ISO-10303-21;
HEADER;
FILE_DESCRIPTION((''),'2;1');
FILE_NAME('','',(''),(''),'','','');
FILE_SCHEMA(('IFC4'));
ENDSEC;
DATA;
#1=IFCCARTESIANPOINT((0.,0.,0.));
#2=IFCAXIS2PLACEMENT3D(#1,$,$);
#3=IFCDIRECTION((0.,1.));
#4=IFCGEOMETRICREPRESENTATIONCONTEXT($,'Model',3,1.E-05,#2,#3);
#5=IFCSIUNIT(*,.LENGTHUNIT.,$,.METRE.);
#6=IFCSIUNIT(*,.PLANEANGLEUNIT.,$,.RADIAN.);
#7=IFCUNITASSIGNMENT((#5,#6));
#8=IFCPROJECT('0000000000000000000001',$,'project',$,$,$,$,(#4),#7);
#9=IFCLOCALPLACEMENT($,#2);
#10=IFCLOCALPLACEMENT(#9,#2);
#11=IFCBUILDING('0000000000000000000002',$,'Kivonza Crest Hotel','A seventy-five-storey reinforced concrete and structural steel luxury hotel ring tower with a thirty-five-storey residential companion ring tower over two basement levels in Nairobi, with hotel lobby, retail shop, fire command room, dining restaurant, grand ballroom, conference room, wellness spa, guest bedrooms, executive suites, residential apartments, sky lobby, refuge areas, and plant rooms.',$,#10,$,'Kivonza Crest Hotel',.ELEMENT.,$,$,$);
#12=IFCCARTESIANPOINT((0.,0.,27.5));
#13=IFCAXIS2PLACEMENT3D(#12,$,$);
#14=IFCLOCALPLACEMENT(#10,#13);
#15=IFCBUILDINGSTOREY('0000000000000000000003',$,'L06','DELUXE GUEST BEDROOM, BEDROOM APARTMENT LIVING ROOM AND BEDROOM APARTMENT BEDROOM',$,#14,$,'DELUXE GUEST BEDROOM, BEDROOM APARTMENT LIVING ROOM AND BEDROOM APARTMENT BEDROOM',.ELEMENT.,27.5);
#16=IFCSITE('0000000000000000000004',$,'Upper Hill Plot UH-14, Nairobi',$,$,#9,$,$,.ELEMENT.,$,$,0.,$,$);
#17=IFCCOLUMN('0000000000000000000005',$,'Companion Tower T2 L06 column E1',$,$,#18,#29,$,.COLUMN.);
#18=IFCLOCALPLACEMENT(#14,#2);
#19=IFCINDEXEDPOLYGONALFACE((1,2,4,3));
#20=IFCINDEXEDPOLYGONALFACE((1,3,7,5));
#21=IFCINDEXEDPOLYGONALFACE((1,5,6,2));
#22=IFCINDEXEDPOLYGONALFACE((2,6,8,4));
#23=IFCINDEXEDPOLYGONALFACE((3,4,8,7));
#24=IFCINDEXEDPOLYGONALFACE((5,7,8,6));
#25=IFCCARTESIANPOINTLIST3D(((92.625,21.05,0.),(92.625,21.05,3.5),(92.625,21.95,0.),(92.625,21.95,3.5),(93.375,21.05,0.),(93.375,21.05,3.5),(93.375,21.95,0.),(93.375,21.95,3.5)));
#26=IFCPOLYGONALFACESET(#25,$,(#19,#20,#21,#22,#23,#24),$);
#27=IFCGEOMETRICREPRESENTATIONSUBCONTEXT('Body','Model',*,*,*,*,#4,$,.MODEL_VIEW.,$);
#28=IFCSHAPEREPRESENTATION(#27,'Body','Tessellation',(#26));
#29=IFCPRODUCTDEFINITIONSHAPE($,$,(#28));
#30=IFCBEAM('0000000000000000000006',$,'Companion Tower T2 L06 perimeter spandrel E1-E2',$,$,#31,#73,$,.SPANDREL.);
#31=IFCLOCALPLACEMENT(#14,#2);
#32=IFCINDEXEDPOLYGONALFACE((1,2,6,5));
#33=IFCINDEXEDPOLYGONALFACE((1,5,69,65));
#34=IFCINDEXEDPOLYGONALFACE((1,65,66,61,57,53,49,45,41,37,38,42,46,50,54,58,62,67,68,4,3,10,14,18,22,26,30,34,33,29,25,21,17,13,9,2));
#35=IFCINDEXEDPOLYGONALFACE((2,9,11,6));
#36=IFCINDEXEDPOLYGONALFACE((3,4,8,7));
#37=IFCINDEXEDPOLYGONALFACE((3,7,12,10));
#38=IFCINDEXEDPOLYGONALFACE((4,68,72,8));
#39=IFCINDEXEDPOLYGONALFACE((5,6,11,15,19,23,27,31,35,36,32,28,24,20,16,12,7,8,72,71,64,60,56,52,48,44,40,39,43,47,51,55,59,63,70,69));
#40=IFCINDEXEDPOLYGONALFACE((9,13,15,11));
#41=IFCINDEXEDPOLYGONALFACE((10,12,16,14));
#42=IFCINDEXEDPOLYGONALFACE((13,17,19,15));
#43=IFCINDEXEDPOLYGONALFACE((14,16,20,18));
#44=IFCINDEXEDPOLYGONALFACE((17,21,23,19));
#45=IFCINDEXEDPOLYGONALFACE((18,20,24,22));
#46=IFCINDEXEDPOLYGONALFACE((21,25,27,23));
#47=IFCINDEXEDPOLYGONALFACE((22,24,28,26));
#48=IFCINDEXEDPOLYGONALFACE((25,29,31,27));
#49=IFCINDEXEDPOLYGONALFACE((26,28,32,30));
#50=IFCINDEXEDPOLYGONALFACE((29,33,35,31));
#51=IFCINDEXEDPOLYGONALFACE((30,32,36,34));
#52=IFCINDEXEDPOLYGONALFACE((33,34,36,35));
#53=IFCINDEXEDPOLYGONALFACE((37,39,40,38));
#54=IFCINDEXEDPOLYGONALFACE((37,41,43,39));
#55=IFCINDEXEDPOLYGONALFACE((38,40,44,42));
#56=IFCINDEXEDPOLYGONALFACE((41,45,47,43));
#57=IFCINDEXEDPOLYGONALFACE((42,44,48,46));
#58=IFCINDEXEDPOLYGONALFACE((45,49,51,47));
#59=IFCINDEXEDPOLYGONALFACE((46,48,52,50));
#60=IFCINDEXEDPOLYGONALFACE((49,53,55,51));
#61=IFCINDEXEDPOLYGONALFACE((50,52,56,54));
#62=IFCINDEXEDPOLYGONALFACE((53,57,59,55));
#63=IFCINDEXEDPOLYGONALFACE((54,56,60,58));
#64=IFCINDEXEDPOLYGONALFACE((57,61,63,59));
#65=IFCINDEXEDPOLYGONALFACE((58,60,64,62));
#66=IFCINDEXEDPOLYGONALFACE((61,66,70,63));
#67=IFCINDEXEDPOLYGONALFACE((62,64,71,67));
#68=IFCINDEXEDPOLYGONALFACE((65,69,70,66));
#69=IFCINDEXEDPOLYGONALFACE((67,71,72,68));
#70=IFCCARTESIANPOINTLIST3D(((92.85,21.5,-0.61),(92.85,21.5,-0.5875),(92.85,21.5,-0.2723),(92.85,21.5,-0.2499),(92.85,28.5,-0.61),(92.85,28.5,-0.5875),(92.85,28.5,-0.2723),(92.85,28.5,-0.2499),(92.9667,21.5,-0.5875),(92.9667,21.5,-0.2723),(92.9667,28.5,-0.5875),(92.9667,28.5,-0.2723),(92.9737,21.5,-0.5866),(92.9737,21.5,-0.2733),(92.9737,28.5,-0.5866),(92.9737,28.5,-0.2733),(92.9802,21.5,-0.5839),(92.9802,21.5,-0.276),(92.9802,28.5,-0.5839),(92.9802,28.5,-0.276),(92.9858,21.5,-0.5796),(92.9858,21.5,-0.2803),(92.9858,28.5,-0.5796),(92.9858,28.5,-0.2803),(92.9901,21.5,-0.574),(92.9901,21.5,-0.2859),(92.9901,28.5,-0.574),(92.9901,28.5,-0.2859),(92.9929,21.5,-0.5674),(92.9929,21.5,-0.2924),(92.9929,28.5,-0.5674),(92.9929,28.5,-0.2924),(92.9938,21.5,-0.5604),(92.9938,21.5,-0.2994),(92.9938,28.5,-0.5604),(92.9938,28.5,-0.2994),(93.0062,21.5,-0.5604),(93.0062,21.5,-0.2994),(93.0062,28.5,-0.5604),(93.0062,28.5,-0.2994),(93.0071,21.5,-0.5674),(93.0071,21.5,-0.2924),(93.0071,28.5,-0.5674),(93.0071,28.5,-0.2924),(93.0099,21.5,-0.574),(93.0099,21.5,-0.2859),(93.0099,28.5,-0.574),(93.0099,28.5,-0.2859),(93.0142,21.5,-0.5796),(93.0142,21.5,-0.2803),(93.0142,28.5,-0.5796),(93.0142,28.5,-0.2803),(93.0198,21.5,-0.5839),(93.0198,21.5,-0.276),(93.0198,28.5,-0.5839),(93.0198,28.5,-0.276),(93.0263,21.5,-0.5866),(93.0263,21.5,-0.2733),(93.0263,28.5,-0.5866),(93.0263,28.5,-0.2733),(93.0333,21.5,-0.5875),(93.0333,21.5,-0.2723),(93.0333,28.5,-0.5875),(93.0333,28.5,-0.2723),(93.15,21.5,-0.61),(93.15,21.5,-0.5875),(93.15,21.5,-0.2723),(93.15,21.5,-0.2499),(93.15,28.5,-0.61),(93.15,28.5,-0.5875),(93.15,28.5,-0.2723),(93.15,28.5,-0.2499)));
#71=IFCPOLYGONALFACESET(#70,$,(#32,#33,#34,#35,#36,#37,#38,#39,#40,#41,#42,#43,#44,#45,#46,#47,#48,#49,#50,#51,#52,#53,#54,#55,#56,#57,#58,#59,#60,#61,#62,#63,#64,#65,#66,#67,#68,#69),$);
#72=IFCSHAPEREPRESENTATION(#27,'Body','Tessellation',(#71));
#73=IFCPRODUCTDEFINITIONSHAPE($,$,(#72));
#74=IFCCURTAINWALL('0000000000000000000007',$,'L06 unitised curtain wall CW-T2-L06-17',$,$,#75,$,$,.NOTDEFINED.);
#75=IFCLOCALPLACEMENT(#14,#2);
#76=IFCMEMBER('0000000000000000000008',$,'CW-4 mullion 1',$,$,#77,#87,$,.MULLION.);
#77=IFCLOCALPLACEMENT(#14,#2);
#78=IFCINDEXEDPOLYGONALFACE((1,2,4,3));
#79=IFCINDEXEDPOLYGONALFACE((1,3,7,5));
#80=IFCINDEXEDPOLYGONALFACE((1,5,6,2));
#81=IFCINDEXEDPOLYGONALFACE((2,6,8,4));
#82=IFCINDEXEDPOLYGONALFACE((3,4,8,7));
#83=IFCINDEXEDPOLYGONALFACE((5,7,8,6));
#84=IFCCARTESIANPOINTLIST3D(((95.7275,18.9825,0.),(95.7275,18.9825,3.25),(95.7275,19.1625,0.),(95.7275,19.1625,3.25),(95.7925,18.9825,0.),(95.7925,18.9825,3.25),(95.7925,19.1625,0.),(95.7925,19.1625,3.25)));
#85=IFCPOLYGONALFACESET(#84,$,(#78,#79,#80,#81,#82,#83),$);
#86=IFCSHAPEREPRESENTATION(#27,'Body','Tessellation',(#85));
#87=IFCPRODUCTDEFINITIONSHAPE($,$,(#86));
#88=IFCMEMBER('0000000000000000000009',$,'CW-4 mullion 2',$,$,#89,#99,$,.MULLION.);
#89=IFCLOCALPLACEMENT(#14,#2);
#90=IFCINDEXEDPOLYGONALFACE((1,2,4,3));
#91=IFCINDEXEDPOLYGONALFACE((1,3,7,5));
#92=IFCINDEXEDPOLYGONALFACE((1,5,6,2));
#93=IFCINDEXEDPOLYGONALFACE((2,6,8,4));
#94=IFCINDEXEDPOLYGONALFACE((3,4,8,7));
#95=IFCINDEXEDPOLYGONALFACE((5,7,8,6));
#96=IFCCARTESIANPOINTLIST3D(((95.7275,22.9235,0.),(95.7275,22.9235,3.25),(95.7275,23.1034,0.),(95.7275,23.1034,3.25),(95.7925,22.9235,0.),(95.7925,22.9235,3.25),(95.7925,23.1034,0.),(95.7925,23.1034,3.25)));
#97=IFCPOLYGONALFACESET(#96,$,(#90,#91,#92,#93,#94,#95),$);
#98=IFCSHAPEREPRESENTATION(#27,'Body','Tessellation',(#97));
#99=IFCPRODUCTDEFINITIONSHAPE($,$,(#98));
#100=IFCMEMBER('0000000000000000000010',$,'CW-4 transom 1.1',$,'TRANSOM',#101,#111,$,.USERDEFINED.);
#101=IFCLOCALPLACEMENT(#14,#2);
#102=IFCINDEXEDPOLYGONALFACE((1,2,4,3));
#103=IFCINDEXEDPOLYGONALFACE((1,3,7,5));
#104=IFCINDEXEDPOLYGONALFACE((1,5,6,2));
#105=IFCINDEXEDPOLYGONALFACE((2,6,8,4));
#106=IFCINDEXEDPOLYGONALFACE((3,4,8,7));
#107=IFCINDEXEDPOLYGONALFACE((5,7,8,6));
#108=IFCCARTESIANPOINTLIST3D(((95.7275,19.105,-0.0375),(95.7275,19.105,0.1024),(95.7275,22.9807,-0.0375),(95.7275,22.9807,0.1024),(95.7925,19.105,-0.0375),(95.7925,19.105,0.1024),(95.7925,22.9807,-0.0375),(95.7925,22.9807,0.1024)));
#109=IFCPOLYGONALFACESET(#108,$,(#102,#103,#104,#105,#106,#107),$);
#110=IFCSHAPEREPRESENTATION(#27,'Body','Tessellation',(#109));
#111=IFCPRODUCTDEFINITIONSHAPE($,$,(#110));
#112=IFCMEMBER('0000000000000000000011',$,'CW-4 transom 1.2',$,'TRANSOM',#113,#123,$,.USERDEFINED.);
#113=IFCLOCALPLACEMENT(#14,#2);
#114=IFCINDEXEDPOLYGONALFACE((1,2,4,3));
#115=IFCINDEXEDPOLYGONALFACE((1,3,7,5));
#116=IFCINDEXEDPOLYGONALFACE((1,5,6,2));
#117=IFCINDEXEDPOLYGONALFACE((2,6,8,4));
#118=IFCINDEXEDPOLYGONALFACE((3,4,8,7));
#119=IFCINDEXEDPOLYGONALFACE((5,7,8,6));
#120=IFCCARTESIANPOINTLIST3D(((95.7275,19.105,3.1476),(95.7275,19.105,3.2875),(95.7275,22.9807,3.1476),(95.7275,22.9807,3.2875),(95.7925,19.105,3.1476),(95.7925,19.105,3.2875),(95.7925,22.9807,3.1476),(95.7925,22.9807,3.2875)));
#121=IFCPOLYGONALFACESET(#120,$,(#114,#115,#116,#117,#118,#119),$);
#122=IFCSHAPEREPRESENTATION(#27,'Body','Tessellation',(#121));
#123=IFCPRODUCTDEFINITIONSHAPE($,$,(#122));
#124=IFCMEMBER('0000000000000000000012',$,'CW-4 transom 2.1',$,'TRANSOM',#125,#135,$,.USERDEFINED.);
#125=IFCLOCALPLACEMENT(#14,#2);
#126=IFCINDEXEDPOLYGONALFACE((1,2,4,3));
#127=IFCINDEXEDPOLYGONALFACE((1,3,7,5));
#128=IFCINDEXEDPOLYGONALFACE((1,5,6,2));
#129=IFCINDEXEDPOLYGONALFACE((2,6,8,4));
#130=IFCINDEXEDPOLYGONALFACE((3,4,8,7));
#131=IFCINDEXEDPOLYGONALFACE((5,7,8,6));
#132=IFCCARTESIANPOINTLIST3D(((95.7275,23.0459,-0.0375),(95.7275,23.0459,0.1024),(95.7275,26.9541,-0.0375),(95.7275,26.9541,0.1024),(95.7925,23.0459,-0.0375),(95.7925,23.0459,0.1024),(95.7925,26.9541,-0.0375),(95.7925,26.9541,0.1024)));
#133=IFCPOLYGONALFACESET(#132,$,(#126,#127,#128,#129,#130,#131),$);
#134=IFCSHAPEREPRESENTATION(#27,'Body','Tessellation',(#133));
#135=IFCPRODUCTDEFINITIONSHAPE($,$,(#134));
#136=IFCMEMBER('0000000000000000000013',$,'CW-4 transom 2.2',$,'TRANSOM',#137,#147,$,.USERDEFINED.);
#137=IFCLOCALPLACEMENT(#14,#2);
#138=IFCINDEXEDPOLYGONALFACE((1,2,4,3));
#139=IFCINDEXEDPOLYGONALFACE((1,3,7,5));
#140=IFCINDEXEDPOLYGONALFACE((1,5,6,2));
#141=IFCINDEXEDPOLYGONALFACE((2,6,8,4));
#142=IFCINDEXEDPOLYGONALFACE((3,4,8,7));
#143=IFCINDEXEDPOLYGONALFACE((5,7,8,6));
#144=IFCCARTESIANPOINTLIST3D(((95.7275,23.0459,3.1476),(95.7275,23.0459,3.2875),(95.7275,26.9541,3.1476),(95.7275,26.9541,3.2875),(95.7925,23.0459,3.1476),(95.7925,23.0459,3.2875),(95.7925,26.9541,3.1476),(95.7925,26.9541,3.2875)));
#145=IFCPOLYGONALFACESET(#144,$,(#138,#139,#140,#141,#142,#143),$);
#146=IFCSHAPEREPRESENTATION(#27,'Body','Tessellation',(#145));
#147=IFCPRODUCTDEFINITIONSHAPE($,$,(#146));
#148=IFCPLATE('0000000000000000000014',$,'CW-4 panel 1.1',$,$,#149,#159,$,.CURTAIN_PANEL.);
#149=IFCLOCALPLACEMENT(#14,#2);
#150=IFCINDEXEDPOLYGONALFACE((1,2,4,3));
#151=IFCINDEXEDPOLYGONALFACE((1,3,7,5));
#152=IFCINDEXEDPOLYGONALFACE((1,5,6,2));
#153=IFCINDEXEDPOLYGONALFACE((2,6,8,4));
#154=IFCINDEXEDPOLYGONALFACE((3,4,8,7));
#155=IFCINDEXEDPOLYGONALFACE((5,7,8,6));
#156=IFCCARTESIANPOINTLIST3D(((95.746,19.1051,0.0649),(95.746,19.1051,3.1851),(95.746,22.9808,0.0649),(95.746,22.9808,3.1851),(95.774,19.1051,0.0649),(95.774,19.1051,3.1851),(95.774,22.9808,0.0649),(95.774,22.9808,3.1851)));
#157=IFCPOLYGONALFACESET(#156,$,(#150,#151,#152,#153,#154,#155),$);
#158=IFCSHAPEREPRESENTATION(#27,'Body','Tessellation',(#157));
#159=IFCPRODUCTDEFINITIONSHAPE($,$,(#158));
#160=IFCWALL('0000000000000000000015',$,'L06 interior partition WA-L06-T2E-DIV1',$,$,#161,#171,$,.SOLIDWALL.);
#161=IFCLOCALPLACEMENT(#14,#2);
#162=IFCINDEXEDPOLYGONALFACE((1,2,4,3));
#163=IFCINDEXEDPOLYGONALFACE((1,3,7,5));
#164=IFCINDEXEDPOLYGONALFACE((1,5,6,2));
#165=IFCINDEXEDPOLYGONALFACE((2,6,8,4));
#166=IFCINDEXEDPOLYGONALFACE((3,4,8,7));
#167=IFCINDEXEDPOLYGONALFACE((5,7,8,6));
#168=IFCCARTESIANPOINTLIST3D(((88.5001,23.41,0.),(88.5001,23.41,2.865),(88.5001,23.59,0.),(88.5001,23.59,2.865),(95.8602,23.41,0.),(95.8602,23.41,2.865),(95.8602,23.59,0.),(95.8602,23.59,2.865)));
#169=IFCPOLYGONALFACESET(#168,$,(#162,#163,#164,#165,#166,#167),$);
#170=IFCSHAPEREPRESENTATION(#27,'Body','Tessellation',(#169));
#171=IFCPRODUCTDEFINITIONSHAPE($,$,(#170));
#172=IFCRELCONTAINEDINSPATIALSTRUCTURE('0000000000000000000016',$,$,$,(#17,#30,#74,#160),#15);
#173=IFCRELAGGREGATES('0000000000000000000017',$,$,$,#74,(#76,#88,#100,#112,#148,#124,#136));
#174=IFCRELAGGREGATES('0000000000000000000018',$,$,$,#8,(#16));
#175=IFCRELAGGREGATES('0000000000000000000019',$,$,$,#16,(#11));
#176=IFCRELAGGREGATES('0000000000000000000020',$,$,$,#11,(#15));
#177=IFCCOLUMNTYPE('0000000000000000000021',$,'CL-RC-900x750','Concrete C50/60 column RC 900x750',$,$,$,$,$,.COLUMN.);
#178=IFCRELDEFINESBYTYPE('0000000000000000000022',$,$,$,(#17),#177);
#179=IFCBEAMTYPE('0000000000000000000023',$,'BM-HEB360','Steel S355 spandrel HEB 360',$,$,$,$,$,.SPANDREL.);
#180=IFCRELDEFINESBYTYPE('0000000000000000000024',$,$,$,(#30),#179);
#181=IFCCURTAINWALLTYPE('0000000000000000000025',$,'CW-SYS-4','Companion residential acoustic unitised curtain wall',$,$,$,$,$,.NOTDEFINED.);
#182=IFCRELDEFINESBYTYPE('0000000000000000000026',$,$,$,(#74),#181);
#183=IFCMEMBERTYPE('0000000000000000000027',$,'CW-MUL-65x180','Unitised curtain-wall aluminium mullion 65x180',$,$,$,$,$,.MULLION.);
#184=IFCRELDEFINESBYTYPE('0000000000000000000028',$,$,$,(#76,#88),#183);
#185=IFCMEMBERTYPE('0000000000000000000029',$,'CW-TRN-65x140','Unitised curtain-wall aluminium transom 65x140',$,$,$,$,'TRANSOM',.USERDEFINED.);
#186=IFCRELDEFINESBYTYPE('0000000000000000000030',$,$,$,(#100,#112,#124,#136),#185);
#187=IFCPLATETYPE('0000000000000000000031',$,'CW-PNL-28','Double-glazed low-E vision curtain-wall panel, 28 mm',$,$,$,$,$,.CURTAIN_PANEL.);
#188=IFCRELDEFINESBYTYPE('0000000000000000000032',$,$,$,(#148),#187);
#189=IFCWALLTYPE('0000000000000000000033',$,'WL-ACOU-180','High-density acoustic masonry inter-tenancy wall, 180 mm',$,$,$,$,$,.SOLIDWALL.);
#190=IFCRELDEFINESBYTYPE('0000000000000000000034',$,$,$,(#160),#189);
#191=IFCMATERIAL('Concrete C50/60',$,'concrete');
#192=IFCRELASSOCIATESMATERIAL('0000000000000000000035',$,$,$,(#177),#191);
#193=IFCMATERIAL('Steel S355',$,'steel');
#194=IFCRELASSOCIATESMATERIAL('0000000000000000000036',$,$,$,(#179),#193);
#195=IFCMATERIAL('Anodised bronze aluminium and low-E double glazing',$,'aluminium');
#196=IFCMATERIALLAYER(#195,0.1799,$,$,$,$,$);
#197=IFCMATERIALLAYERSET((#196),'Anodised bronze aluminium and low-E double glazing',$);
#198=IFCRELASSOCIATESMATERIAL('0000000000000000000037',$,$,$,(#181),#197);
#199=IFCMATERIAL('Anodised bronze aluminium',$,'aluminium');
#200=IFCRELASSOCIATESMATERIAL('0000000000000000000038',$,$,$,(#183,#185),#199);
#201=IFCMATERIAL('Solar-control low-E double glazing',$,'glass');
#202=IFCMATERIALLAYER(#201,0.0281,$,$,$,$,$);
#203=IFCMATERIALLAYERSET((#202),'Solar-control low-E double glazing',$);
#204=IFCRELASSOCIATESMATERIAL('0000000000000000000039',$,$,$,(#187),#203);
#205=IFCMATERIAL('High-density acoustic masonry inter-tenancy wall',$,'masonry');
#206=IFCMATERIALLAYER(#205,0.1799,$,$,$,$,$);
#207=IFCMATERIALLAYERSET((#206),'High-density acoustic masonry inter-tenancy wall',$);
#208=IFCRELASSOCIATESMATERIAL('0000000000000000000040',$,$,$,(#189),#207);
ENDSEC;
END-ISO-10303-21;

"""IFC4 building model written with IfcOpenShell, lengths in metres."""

from ifc_helpers import new_model, si_unit, direction, frame, frame_2d, origin, origin_2d, place, context, subcontext, project, spatial, rectangle, i_section, extrude, material, layer, layer_set, material_profile, profile_set, type_object, element, aggregate, save


model = new_model("IFC4")

# Units and contexts
model_context = context("Model", 3, precision=1e-05, world=origin(), true_north=direction((0.0, 1.0)))
body_context = subcontext(model_context, "Body", "Model", "MODEL_VIEW")
ifc_project = project(units=[si_unit("LENGTHUNIT", "METRE"), si_unit("PLANEANGLEUNIT", "RADIAN")], contexts=[model_context])

# Site, building, storey
site_placement = place(None, origin())
site = spatial("IfcSite", under=ifc_project, at=site_placement, Name="Upper Hill Plot UH-14, Nairobi", CompositionType="ELEMENT", RefElevation=0.0)
building_placement = place(site_placement, origin())
building = spatial("IfcBuilding", under=site, at=building_placement, Name="Kivonza Crest Hotel", Description="A seventy-five-storey reinforced concrete and structural steel luxury hotel ring tower with a thirty-five-storey residential companion ring tower over two basement levels in Nairobi, with hotel lobby, retail shop, fire command room, dining restaurant, grand ballroom, conference room, wellness spa, guest bedrooms, executive suites, residential apartments, sky lobby, refuge areas, and plant rooms.", LongName="Kivonza Crest Hotel", CompositionType="ELEMENT")
storey_placement = place(building_placement, frame((0.0, 0.0, 27.5)))
storey = spatial("IfcBuildingStorey", under=building, at=storey_placement, Name="L06", Description="DELUXE GUEST BEDROOM, BEDROOM APARTMENT LIVING ROOM AND BEDROOM APARTMENT BEDROOM", LongName="DELUXE GUEST BEDROOM, BEDROOM APARTMENT LIVING ROOM AND BEDROOM APARTMENT BEDROOM", CompositionType="ELEMENT", Elevation=27.5)

# Column
ifc_material_1 = material(Name="Concrete C50/60", Category="concrete")
ifc_material_profile_1 = material_profile(ifc_material_1, rectangle(XDim=0.75, YDim=0.8999, at=origin_2d()), Name="RC 900x750")
ifc_profile_set_1 = profile_set([ifc_material_profile_1], Name="Concrete C50/60")
column_type = type_object("IfcColumnType", Name="CL-RC-900x750", Description="Concrete C50/60 column RC 900x750", PredefinedType="COLUMN", material=ifc_profile_set_1)
column_placement = place(storey_placement, frame((93.0, 21.5, 0.0), z_axis=(0.0, 0.0, 1.0), x_axis=(1.0, 0.0, 0.0)))
element("IfcColumn", 1, at=column_placement, inside=storey, type_object=column_type, Name="Companion Tower T2 L06 column E1", PredefinedType="COLUMN", context=body_context, shape_type="SweptSolid", body=[
    extrude(rectangle(XDim=0.75, YDim=0.8999, at=origin_2d()), origin(), (0.0, 0.0, 1.0), 3.5),
])

# Beam
ifc_material_2 = material(Name="Steel S355", Category="steel")
ifc_material_profile_2 = material_profile(ifc_material_2, i_section(OverallWidth=0.3, OverallDepth=0.3601, WebThickness=0.0125, FlangeThickness=0.0225, FilletRadius=0.0271, at=origin_2d()), Name="HEB 360")
ifc_profile_set_2 = profile_set([ifc_material_profile_2], Name="Steel S355")
beam_type = type_object("IfcBeamType", Name="BM-HEB360", Description="Steel S355 spandrel HEB 360", PredefinedType="SPANDREL", material=ifc_profile_set_2)
beam_placement = place(storey_placement, frame((93.0, 21.5, -0.4299), z_axis=(0.0, 1.0, 0.0), x_axis=(-1.0, 0.0, 0.0)))
element("IfcBeam", 2, at=beam_placement, inside=storey, type_object=beam_type, Name="Companion Tower T2 L06 perimeter spandrel E1-E2", PredefinedType="SPANDREL", context=body_context, shape_type="SweptSolid", body=[
    extrude(i_section(OverallWidth=0.3, OverallDepth=0.3601, WebThickness=0.0125, FlangeThickness=0.0225, FilletRadius=0.0271, at=origin_2d()), origin(), (0.0, 0.0, 1.0), 7.0),
])

# Curtain wall, members, plate
ifc_material_3 = material(Name="Anodised bronze aluminium and low-E double glazing", Category="aluminium")
ifc_layer_1 = layer(ifc_material_3, 0.1799)
ifc_layer_set_1 = layer_set([ifc_layer_1], Name="Anodised bronze aluminium and low-E double glazing")
curtain_wall_type = type_object("IfcCurtainWallType", Name="CW-SYS-4", Description="Companion residential acoustic unitised curtain wall", PredefinedType="NOTDEFINED", material=ifc_layer_set_1)
curtain_wall_placement = place(storey_placement, origin())
curtain_wall = element("IfcCurtainWall", 3, at=curtain_wall_placement, inside=storey, type_object=curtain_wall_type, Name="L06 unitised curtain wall CW-T2-L06-17", PredefinedType="NOTDEFINED")
ifc_material_4 = material(Name="Anodised bronze aluminium", Category="aluminium")
ifc_material_profile_3 = material_profile(ifc_material_4, rectangle(XDim=0.0649, YDim=0.1799, at=origin_2d()), Name="CW-M 65x180")
ifc_profile_set_3 = profile_set([ifc_material_profile_3], Name="Anodised bronze aluminium")
member_type_1 = type_object("IfcMemberType", Name="CW-MUL-65x180", Description="Unitised curtain-wall aluminium mullion 65x180", PredefinedType="MULLION", material=ifc_profile_set_3)
member_1_placement = place(storey_placement, frame((95.76, 19.0725, 0.0), z_axis=(0.0, 0.0, 1.0), x_axis=(-1.0, 0.0, 0.0)))
member_1 = element("IfcMember", 4, at=member_1_placement, type_object=member_type_1, Name="CW-4 mullion 1", PredefinedType="MULLION", context=body_context, shape_type="SweptSolid", body=[
    extrude(rectangle(XDim=0.0649, YDim=0.1799, at=origin_2d()), origin(), (0.0, 0.0, 1.0), 3.25),
])
member_2_placement = place(storey_placement, frame((95.76, 23.0134, 0.0), z_axis=(0.0, 0.0, 1.0), x_axis=(-1.0, 0.0, 0.0)))
member_2 = element("IfcMember", 5, at=member_2_placement, type_object=member_type_1, Name="CW-4 mullion 2", PredefinedType="MULLION", context=body_context, shape_type="SweptSolid", body=[
    extrude(rectangle(XDim=0.0649, YDim=0.1799, at=origin_2d()), origin(), (0.0, 0.0, 1.0), 3.25),
])
ifc_material_profile_4 = material_profile(ifc_material_4, rectangle(XDim=0.0649, YDim=0.1399, at=origin_2d()), Name="CW-T 65x140")
ifc_profile_set_4 = profile_set([ifc_material_profile_4], Name="Anodised bronze aluminium")
member_type_2 = type_object("IfcMemberType", Name="CW-TRN-65x140", Description="Unitised curtain-wall aluminium transom 65x140", ElementType="TRANSOM", PredefinedType="USERDEFINED", material=ifc_profile_set_4)
member_3_placement = place(storey_placement, frame((95.76, 19.105, 0.0325), z_axis=(0.0, 1.0, 0.0), x_axis=(-1.0, 0.0, 0.0)))
member_3 = element("IfcMember", 6, at=member_3_placement, type_object=member_type_2, Name="CW-4 transom 1.1", ObjectType="TRANSOM", PredefinedType="USERDEFINED", context=body_context, shape_type="SweptSolid", body=[
    extrude(rectangle(XDim=0.0649, YDim=0.1399, at=origin_2d()), origin(), (0.0, 0.0, 1.0), 3.8757),
])
member_4_placement = place(storey_placement, frame((95.76, 19.105, 3.2175), z_axis=(0.0, 1.0, 0.0), x_axis=(-1.0, 0.0, 0.0)))
member_4 = element("IfcMember", 7, at=member_4_placement, type_object=member_type_2, Name="CW-4 transom 1.2", ObjectType="TRANSOM", PredefinedType="USERDEFINED", context=body_context, shape_type="SweptSolid", body=[
    extrude(rectangle(XDim=0.0649, YDim=0.1399, at=origin_2d()), origin(), (0.0, 0.0, 1.0), 3.8757),
])
member_5_placement = place(storey_placement, frame((95.76, 23.0459, 0.0325), z_axis=(0.0, 1.0, 0.0), x_axis=(-1.0, 0.0, 0.0)))
member_5 = element("IfcMember", 8, at=member_5_placement, type_object=member_type_2, Name="CW-4 transom 2.1", ObjectType="TRANSOM", PredefinedType="USERDEFINED", context=body_context, shape_type="SweptSolid", body=[
    extrude(rectangle(XDim=0.0649, YDim=0.1399, at=origin_2d()), origin(), (0.0, 0.0, 1.0), 3.9082),
])
member_6_placement = place(storey_placement, frame((95.76, 23.0459, 3.2175), z_axis=(0.0, 1.0, 0.0), x_axis=(-1.0, 0.0, 0.0)))
member_6 = element("IfcMember", 9, at=member_6_placement, type_object=member_type_2, Name="CW-4 transom 2.2", ObjectType="TRANSOM", PredefinedType="USERDEFINED", context=body_context, shape_type="SweptSolid", body=[
    extrude(rectangle(XDim=0.0649, YDim=0.1399, at=origin_2d()), origin(), (0.0, 0.0, 1.0), 3.9082),
])
ifc_material_5 = material(Name="Solar-control low-E double glazing", Category="glass")
ifc_layer_2 = layer(ifc_material_5, 0.0281)
ifc_layer_set_2 = layer_set([ifc_layer_2], Name="Solar-control low-E double glazing")
plate_type = type_object("IfcPlateType", Name="CW-PNL-28", Description="Double-glazed low-E vision curtain-wall panel, 28 mm", PredefinedType="CURTAIN_PANEL", material=ifc_layer_set_2)
plate_placement = place(storey_placement, frame((95.76, 21.043, 0.0649), z_axis=(0.0, 0.0, 1.0), x_axis=(0.0, 1.0, 0.0)))
plate = element("IfcPlate", 10, at=plate_placement, type_object=plate_type, Name="CW-4 panel 1.1", PredefinedType="CURTAIN_PANEL", context=body_context, shape_type="SweptSolid", body=[
    extrude(rectangle(XDim=3.8757, YDim=0.0281, at=origin_2d()), origin(), (0.0, 0.0, 1.0), 3.1201),
])
aggregate(curtain_wall, [member_1, member_2, member_3, member_4, plate, member_5, member_6])

# Wall
ifc_material_6 = material(Name="High-density acoustic masonry inter-tenancy wall", Category="masonry")
ifc_layer_3 = layer(ifc_material_6, 0.1799)
ifc_layer_set_3 = layer_set([ifc_layer_3], Name="High-density acoustic masonry inter-tenancy wall")
wall_type_1 = type_object("IfcWallType", Name="WL-ACOU-180", Description="High-density acoustic masonry inter-tenancy wall, 180 mm", PredefinedType="SOLIDWALL", material=ifc_layer_set_3)
wall_1_placement = place(storey_placement, frame((88.5, 23.5, 0.0), z_axis=(0.0, 0.0, 1.0), x_axis=(1.0, 0.0, 0.0)))
element("IfcWall", 11, at=wall_1_placement, inside=storey, type_object=wall_type_1, Name="L06 interior partition WA-L06-T2E-DIV1", PredefinedType="SOLIDWALL", context=body_context, shape_type="SweptSolid", body=[
    extrude(rectangle(XDim=7.3601, YDim=0.1799, at=frame_2d((3.6802, 0.0))), origin(), (0.0, 0.0, 1.0), 2.865),
])

save(model, "model.ifc")
